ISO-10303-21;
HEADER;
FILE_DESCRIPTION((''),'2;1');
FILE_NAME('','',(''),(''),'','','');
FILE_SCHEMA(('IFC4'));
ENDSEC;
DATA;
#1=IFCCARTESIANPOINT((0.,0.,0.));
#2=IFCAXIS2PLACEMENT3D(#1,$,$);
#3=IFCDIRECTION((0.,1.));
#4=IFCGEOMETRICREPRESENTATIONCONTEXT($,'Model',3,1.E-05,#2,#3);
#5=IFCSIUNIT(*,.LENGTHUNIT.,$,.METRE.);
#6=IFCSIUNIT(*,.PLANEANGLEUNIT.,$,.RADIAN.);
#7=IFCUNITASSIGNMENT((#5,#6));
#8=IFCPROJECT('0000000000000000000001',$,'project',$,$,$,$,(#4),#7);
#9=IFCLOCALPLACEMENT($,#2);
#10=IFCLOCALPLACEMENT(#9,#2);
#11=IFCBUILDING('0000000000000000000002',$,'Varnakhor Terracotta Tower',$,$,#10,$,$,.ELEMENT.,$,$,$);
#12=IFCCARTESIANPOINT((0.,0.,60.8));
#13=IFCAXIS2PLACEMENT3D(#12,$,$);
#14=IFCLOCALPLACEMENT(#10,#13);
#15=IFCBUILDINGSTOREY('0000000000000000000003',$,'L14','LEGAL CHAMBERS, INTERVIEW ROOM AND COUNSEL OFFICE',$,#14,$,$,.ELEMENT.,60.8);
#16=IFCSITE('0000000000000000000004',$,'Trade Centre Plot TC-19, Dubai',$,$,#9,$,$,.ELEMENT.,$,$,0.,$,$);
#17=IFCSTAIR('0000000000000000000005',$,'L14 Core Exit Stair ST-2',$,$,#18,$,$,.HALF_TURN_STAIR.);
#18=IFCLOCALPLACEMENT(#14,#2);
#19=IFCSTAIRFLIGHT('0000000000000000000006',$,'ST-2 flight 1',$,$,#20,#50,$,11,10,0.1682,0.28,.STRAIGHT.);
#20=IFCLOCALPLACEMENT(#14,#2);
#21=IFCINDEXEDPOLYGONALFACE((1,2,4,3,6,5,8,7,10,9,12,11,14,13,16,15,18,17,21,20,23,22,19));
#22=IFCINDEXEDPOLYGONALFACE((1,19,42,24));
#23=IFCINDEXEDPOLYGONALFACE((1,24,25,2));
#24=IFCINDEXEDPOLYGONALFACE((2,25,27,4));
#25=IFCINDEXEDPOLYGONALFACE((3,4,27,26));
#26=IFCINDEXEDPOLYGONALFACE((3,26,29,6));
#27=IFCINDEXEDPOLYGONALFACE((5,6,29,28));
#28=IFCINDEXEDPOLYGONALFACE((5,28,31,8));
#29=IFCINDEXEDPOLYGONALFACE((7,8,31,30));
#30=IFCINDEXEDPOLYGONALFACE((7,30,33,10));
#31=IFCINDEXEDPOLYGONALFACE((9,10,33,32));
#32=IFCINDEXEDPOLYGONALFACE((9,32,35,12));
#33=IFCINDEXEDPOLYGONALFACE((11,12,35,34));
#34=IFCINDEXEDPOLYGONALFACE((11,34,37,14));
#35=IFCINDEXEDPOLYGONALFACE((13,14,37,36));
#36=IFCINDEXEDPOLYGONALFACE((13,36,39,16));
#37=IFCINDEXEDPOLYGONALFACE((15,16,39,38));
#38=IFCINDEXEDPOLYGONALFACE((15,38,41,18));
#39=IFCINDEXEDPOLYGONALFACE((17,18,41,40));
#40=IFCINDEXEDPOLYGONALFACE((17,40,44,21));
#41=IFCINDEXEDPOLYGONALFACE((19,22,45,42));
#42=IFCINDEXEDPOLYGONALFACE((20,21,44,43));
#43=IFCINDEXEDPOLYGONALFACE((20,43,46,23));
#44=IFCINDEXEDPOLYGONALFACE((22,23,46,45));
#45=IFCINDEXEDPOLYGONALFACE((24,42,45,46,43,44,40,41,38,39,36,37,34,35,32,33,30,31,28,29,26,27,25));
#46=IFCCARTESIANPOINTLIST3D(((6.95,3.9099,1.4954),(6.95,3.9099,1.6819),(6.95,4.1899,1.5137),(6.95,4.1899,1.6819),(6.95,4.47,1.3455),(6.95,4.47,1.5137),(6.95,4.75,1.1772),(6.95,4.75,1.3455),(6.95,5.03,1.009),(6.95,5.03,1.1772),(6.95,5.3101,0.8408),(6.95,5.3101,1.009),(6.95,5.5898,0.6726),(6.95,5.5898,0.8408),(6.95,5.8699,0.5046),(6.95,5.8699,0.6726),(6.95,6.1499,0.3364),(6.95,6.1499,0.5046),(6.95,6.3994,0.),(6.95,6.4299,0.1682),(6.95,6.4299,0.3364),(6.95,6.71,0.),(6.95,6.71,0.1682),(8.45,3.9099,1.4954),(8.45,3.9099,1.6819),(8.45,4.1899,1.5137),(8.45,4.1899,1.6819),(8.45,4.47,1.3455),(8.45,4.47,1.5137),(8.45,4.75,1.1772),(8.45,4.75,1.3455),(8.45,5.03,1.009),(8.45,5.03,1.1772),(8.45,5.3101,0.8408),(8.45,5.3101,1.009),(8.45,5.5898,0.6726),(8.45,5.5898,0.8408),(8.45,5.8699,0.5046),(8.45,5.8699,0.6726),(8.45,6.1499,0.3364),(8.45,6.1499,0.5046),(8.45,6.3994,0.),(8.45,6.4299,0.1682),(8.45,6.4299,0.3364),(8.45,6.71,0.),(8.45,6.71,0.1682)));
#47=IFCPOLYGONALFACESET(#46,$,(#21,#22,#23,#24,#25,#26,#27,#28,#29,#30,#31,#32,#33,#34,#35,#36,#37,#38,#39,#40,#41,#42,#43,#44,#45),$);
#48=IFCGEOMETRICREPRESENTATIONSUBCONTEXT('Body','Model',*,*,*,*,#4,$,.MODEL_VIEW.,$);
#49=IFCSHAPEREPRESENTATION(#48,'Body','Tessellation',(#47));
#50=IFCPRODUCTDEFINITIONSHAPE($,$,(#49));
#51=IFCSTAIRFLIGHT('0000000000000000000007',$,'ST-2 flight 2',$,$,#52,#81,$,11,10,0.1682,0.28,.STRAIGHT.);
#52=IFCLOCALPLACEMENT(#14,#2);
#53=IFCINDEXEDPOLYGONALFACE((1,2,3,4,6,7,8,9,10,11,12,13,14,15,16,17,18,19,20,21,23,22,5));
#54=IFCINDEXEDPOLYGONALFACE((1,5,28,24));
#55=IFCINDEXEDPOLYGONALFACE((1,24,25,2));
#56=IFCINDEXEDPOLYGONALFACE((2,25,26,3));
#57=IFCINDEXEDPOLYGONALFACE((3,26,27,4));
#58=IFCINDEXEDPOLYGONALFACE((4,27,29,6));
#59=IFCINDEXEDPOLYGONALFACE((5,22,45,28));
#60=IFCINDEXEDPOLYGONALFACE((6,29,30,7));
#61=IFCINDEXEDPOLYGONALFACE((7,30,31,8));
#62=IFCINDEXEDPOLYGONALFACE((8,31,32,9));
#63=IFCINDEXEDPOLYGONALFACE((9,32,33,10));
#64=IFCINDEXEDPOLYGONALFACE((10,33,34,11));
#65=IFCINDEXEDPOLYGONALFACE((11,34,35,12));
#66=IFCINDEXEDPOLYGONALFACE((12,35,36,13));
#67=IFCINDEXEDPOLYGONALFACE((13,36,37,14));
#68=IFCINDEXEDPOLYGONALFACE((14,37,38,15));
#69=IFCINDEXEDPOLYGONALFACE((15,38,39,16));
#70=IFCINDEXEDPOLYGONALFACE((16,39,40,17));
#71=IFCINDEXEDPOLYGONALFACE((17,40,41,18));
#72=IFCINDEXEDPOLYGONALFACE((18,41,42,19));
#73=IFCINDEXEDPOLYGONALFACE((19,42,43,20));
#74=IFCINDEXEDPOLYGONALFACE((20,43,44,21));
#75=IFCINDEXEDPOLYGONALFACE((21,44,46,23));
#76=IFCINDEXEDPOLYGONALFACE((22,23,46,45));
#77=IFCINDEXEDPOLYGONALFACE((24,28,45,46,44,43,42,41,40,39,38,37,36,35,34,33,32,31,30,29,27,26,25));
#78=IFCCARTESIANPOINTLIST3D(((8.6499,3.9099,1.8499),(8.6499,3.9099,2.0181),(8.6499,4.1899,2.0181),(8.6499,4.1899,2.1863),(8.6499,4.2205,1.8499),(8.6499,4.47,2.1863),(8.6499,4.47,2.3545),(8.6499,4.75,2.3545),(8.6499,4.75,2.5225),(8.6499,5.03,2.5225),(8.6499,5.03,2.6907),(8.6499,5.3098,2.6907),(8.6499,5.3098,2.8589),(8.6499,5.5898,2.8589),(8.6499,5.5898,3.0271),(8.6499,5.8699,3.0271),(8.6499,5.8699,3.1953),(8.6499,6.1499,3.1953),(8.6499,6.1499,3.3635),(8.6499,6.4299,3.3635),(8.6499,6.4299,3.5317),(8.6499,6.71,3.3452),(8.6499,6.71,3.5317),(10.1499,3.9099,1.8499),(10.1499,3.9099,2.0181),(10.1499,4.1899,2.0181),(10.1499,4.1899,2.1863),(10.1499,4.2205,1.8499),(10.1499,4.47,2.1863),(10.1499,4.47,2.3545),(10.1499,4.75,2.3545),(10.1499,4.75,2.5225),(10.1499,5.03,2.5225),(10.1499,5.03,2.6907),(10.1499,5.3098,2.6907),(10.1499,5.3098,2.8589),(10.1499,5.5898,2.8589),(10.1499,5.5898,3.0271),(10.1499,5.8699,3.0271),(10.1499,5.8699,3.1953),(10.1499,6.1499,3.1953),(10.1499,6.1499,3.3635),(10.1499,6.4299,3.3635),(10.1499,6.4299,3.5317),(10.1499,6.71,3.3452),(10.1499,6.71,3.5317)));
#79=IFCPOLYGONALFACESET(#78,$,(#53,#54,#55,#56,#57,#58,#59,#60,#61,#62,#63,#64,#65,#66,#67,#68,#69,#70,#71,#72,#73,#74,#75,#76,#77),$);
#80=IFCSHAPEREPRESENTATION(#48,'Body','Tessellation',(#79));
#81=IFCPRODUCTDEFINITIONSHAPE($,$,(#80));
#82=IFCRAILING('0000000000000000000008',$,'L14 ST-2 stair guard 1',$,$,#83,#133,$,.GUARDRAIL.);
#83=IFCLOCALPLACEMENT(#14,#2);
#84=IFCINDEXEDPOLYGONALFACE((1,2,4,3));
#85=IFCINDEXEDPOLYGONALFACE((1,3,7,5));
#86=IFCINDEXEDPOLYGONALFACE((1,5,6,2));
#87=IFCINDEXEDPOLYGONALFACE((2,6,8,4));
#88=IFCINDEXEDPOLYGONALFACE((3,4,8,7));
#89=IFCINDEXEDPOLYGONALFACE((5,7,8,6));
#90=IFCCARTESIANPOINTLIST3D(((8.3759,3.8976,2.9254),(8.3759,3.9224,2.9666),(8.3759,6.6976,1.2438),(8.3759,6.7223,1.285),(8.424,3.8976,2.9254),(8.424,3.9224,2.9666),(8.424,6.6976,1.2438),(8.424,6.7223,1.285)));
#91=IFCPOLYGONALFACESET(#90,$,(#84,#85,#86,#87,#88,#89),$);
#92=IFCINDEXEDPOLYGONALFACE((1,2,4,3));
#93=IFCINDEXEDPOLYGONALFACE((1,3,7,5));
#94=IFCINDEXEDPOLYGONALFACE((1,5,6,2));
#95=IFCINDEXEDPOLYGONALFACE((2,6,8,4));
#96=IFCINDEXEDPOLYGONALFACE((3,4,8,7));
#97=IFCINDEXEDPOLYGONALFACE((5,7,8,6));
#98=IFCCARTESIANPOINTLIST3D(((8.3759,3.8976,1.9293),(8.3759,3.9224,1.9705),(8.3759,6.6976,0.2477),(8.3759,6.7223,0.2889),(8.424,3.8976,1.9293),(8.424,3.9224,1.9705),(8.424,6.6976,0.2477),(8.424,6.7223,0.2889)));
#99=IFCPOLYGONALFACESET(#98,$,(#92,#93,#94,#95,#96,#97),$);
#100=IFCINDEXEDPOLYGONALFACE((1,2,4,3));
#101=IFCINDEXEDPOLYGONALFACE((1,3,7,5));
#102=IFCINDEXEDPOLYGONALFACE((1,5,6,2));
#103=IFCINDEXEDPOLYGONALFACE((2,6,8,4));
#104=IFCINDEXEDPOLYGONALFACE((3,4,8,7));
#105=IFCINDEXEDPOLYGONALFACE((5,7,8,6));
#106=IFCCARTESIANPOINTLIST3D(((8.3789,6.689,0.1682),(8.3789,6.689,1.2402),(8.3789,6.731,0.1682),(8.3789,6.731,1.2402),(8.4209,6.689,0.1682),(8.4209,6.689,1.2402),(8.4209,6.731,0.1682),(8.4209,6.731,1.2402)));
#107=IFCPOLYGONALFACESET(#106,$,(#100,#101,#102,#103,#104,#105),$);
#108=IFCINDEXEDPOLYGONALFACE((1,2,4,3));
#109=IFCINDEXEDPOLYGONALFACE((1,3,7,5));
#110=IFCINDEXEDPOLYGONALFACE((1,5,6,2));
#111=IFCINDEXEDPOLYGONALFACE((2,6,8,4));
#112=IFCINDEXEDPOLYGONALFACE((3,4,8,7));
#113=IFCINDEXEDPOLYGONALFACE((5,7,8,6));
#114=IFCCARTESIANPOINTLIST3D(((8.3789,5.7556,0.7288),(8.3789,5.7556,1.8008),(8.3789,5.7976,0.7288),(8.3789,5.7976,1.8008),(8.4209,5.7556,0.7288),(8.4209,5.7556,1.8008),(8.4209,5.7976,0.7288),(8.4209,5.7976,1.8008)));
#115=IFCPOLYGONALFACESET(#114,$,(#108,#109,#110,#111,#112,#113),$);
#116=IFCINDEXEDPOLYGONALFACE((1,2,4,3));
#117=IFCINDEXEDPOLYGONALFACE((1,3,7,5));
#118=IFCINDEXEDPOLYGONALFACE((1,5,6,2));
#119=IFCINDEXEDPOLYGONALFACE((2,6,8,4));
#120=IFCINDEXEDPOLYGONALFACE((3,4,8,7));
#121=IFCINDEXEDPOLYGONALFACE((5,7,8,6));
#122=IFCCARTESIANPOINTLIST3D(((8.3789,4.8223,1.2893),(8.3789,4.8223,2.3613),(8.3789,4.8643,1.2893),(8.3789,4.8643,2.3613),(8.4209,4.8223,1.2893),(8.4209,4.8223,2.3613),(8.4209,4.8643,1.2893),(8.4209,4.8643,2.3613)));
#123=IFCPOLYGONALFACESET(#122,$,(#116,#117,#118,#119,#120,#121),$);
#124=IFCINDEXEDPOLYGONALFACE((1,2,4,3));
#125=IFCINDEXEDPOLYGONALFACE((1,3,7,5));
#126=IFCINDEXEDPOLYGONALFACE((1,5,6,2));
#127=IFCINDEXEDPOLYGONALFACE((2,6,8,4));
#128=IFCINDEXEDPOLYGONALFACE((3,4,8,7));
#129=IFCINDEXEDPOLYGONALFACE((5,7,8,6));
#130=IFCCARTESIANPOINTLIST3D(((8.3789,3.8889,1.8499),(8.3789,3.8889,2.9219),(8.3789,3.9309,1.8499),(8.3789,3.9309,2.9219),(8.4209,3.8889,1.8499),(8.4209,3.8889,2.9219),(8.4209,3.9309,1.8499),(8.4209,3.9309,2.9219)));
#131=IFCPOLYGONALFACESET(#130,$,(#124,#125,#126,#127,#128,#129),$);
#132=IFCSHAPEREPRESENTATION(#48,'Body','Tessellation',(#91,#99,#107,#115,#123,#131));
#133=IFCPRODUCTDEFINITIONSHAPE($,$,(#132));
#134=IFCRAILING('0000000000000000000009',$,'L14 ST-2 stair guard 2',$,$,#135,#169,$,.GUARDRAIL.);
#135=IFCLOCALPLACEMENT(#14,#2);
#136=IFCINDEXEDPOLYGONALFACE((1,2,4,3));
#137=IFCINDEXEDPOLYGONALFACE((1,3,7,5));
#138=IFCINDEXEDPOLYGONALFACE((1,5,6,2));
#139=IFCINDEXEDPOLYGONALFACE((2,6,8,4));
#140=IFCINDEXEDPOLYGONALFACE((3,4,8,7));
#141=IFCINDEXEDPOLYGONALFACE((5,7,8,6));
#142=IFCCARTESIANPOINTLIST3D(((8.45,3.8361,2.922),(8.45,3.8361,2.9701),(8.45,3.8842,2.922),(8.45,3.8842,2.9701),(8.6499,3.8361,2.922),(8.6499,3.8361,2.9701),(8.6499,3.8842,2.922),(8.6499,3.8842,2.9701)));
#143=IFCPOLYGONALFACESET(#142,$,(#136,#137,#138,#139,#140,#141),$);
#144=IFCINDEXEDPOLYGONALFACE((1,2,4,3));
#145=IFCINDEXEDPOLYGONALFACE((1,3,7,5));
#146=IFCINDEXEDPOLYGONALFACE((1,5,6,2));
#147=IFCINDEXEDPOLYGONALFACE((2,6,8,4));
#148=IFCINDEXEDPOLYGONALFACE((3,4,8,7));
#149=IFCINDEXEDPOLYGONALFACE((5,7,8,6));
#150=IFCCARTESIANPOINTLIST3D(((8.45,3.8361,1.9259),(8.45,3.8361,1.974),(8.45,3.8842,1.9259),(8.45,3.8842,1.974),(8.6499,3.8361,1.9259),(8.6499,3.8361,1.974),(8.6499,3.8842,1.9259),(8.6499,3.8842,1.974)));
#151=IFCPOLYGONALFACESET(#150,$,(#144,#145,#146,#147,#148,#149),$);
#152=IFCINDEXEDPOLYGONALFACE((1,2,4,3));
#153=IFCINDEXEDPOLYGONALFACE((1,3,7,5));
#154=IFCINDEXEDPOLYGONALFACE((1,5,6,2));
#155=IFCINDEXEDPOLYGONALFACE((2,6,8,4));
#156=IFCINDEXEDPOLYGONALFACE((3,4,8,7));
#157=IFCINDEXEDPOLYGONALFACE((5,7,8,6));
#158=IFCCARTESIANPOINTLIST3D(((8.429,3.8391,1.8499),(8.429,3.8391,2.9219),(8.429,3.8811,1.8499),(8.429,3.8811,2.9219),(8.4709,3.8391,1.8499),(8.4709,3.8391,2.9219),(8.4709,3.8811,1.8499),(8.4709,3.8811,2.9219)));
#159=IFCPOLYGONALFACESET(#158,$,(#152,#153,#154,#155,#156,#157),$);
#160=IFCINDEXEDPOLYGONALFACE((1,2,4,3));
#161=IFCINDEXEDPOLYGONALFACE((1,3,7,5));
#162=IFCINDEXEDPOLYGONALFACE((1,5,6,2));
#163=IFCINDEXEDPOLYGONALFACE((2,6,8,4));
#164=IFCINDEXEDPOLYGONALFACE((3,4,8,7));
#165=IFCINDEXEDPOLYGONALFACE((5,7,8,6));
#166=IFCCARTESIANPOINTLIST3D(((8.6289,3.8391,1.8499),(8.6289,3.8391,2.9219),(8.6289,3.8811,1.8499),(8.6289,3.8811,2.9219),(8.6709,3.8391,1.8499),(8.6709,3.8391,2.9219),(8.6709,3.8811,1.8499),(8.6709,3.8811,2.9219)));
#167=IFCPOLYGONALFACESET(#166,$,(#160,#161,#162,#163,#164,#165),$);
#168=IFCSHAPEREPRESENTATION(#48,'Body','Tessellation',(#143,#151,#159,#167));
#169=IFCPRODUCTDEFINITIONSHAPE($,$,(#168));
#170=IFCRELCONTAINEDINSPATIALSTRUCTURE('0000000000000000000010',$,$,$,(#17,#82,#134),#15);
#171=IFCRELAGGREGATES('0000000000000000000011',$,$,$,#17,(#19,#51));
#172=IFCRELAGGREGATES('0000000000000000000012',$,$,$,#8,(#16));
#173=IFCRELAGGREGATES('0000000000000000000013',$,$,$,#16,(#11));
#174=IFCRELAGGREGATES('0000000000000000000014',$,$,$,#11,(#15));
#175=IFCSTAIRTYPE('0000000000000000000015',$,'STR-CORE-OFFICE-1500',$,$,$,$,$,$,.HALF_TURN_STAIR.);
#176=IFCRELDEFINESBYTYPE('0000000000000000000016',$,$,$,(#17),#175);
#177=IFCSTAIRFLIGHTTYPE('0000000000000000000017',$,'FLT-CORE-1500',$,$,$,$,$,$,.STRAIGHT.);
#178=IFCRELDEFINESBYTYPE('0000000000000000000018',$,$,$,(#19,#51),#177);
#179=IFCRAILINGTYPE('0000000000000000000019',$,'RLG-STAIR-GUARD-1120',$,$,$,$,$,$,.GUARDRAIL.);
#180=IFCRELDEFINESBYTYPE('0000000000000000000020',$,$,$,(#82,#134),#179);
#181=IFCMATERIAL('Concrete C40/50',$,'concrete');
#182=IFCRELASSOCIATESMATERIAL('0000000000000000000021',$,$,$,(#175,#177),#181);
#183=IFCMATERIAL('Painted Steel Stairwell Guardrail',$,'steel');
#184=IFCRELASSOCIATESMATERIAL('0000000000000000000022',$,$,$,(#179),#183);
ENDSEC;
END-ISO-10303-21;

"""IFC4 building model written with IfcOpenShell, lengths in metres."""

from ifc_helpers import new_model, si_unit, direction, frame, origin, origin_2d, place, context, subcontext, project, spatial, polyline, rectangle, outline, extrude, material, type_object, element, aggregate, save


model = new_model("IFC4")

# Units and contexts
model_context = context("Model", 3, precision=1e-05, world=origin(), true_north=direction((0.0, 1.0)))
body_context = subcontext(model_context, "Body", "Model", "MODEL_VIEW")
ifc_project = project(units=[si_unit("LENGTHUNIT", "METRE"), si_unit("PLANEANGLEUNIT", "RADIAN")], contexts=[model_context])

# Site, building, storey
site_placement = place(None, origin())
site = spatial("IfcSite", under=ifc_project, at=site_placement, Name="Trade Centre Plot TC-19, Dubai", CompositionType="ELEMENT", RefElevation=0.0)
building_placement = place(site_placement, origin())
building = spatial("IfcBuilding", under=site, at=building_placement, Name="Varnakhor Terracotta Tower", CompositionType="ELEMENT")
storey_placement = place(building_placement, frame((0.0, 0.0, 60.8)))
storey = spatial("IfcBuildingStorey", under=building, at=storey_placement, Name="L14", Description="LEGAL CHAMBERS, INTERVIEW ROOM AND COUNSEL OFFICE", CompositionType="ELEMENT", Elevation=60.8)

# Shared definitions
ifc_material_1 = material(Name="Concrete C40/50", Category="concrete")

# Stair, stair flights
stair_type = type_object("IfcStairType", Name="STR-CORE-OFFICE-1500", PredefinedType="HALF_TURN_STAIR", material=ifc_material_1)
stair_placement = place(storey_placement, origin())
stair = element("IfcStair", 1, at=stair_placement, inside=storey, type_object=stair_type, Name="L14 Core Exit Stair ST-2", PredefinedType="HALF_TURN_STAIR")
stair_flight_type = type_object("IfcStairFlightType", Name="FLT-CORE-1500", PredefinedType="STRAIGHT", material=ifc_material_1)
stair_flight_1_placement = place(storey_placement, frame((7.7, 6.71, 0.0), z_axis=(0.0, 0.0, 1.0), x_axis=(0.0, -1.0, 0.0)))
stair_flight_1 = element("IfcStairFlight", 2, at=stair_flight_1_placement, type_object=stair_flight_type, Name="ST-2 flight 1", NumberOfRisers=11, NumberOfTreads=10, PredefinedType="STRAIGHT", RiserHeight=0.1682, TreadLength=0.28, context=body_context, shape_type="SweptSolid", body=[
    extrude(outline(polyline([(0.0, 0.0), (0.0, 0.1682), (0.28, 0.1682), (0.28, 0.3364), (0.5601, 0.3364), (0.5601, 0.5046), (0.8401, 0.5046), (0.8401, 0.6726), (1.1201, 0.6726), (1.1201, 0.8408), (1.3999, 0.8408), (1.3999, 1.009), (1.6799, 1.009), (1.6799, 1.1772), (1.96, 1.1772), (1.96, 1.3455), (2.24, 1.3455), (2.24, 1.5137), (2.52, 1.5137), (2.52, 1.6819), (2.8, 1.6819), (2.8, 1.8501), (2.8, 1.4954), (0.3105, 0.0), (0.0, 0.0)])), frame((0.0, 0.75, 0.0), z_axis=(0.0, -1.0, 0.0), x_axis=(1.0, 0.0, 0.0)), (0.0, 0.0, 1.0), 1.5),
])
stair_flight_2_placement = place(storey_placement, frame((9.3999, 3.9099, 1.8499), z_axis=(0.0, 0.0, 1.0), x_axis=(0.0, 1.0, 0.0)))
stair_flight_2 = element("IfcStairFlight", 3, at=stair_flight_2_placement, type_object=stair_flight_type, Name="ST-2 flight 2", NumberOfRisers=11, NumberOfTreads=10, PredefinedType="STRAIGHT", RiserHeight=0.1682, TreadLength=0.28, context=body_context, shape_type="SweptSolid", body=[
    extrude(outline(polyline([(0.0, 0.0), (0.0, 0.1682), (0.28, 0.1682), (0.28, 0.3364), (0.5601, 0.3364), (0.5601, 0.5046), (0.8401, 0.5046), (0.8401, 0.6726), (1.1201, 0.6726), (1.1201, 0.8408), (1.3999, 0.8408), (1.3999, 1.009), (1.6799, 1.009), (1.6799, 1.1772), (1.96, 1.1772), (1.96, 1.3455), (2.24, 1.3455), (2.24, 1.5137), (2.52, 1.5137), (2.52, 1.6819), (2.8, 1.6819), (2.8, 1.8501), (2.8, 1.4954), (0.3105, 0.0), (0.0, 0.0)])), frame((0.0, 0.75, 0.0), z_axis=(0.0, -1.0, 0.0), x_axis=(1.0, 0.0, 0.0)), (0.0, 0.0, 1.0), 1.5),
])
aggregate(stair, [stair_flight_1, stair_flight_2])

# Railings
ifc_material_2 = material(Name="Painted Steel Stairwell Guardrail", Category="steel")
railing_type_1 = type_object("IfcRailingType", Name="RLG-STAIR-GUARD-1120", PredefinedType="GUARDRAIL", material=ifc_material_2)
railing_1_placement = place(storey_placement, frame((8.3999, 6.71, 0.1682)))
element("IfcRailing", 4, at=railing_1_placement, inside=storey, type_object=railing_type_1, Name="L14 ST-2 stair guard 1", PredefinedType="GUARDRAIL", context=body_context, shape_type="SweptSolid", body=[
    extrude(rectangle(XDim=0.0481, YDim=0.0481, at=origin_2d()), frame((0.0, 0.0, 1.0962), z_axis=(0.0, -0.857275, 0.514858), x_axis=(1.0, 0.0, 0.0)), (0.0, 0.0, 1.0), 3.2661),
    extrude(rectangle(XDim=0.0481, YDim=0.0481, at=origin_2d()), frame((0.0, 0.0, 0.1001), z_axis=(0.0, -0.857275, 0.514858), x_axis=(1.0, 0.0, 0.0)), (0.0, 0.0, 1.0), 3.2661),
    extrude(rectangle(XDim=0.042, YDim=0.042, at=origin_2d()), origin(), (0.0, 0.0, 1.0), 1.072),
    extrude(rectangle(XDim=0.042, YDim=0.042, at=origin_2d()), frame((0.0, -0.9333, 0.5605)), (0.0, 0.0, 1.0), 1.072),
    extrude(rectangle(XDim=0.042, YDim=0.042, at=origin_2d()), frame((0.0, -1.8667, 1.1211)), (0.0, 0.0, 1.0), 1.072),
    extrude(rectangle(XDim=0.042, YDim=0.042, at=origin_2d()), frame((0.0, -2.8, 1.6816)), (0.0, 0.0, 1.0), 1.072),
])
railing_2_placement = place(storey_placement, frame((8.45, 3.8601, 1.8499)))
element("IfcRailing", 5, at=railing_2_placement, inside=storey, type_object=railing_type_1, Name="L14 ST-2 stair guard 2", PredefinedType="GUARDRAIL", context=body_context, shape_type="SweptSolid", body=[
    extrude(rectangle(XDim=0.0481, YDim=0.0481, at=origin_2d()), frame((0.0, 0.0, 1.0962), z_axis=(1.0, 0.0, 0.0), x_axis=(0.0, 1.0, 0.0)), (0.0, 0.0, 1.0), 0.2),
    extrude(rectangle(XDim=0.0481, YDim=0.0481, at=origin_2d()), frame((0.0, 0.0, 0.1001), z_axis=(1.0, 0.0, 0.0), x_axis=(0.0, 1.0, 0.0)), (0.0, 0.0, 1.0), 0.2),
    extrude(rectangle(XDim=0.042, YDim=0.042, at=origin_2d()), origin(), (0.0, 0.0, 1.0), 1.072),
    extrude(rectangle(XDim=0.042, YDim=0.042, at=origin_2d()), frame((0.2, 0.0, 0.0)), (0.0, 0.0, 1.0), 1.072),
])

save(model, "model.ifc")
